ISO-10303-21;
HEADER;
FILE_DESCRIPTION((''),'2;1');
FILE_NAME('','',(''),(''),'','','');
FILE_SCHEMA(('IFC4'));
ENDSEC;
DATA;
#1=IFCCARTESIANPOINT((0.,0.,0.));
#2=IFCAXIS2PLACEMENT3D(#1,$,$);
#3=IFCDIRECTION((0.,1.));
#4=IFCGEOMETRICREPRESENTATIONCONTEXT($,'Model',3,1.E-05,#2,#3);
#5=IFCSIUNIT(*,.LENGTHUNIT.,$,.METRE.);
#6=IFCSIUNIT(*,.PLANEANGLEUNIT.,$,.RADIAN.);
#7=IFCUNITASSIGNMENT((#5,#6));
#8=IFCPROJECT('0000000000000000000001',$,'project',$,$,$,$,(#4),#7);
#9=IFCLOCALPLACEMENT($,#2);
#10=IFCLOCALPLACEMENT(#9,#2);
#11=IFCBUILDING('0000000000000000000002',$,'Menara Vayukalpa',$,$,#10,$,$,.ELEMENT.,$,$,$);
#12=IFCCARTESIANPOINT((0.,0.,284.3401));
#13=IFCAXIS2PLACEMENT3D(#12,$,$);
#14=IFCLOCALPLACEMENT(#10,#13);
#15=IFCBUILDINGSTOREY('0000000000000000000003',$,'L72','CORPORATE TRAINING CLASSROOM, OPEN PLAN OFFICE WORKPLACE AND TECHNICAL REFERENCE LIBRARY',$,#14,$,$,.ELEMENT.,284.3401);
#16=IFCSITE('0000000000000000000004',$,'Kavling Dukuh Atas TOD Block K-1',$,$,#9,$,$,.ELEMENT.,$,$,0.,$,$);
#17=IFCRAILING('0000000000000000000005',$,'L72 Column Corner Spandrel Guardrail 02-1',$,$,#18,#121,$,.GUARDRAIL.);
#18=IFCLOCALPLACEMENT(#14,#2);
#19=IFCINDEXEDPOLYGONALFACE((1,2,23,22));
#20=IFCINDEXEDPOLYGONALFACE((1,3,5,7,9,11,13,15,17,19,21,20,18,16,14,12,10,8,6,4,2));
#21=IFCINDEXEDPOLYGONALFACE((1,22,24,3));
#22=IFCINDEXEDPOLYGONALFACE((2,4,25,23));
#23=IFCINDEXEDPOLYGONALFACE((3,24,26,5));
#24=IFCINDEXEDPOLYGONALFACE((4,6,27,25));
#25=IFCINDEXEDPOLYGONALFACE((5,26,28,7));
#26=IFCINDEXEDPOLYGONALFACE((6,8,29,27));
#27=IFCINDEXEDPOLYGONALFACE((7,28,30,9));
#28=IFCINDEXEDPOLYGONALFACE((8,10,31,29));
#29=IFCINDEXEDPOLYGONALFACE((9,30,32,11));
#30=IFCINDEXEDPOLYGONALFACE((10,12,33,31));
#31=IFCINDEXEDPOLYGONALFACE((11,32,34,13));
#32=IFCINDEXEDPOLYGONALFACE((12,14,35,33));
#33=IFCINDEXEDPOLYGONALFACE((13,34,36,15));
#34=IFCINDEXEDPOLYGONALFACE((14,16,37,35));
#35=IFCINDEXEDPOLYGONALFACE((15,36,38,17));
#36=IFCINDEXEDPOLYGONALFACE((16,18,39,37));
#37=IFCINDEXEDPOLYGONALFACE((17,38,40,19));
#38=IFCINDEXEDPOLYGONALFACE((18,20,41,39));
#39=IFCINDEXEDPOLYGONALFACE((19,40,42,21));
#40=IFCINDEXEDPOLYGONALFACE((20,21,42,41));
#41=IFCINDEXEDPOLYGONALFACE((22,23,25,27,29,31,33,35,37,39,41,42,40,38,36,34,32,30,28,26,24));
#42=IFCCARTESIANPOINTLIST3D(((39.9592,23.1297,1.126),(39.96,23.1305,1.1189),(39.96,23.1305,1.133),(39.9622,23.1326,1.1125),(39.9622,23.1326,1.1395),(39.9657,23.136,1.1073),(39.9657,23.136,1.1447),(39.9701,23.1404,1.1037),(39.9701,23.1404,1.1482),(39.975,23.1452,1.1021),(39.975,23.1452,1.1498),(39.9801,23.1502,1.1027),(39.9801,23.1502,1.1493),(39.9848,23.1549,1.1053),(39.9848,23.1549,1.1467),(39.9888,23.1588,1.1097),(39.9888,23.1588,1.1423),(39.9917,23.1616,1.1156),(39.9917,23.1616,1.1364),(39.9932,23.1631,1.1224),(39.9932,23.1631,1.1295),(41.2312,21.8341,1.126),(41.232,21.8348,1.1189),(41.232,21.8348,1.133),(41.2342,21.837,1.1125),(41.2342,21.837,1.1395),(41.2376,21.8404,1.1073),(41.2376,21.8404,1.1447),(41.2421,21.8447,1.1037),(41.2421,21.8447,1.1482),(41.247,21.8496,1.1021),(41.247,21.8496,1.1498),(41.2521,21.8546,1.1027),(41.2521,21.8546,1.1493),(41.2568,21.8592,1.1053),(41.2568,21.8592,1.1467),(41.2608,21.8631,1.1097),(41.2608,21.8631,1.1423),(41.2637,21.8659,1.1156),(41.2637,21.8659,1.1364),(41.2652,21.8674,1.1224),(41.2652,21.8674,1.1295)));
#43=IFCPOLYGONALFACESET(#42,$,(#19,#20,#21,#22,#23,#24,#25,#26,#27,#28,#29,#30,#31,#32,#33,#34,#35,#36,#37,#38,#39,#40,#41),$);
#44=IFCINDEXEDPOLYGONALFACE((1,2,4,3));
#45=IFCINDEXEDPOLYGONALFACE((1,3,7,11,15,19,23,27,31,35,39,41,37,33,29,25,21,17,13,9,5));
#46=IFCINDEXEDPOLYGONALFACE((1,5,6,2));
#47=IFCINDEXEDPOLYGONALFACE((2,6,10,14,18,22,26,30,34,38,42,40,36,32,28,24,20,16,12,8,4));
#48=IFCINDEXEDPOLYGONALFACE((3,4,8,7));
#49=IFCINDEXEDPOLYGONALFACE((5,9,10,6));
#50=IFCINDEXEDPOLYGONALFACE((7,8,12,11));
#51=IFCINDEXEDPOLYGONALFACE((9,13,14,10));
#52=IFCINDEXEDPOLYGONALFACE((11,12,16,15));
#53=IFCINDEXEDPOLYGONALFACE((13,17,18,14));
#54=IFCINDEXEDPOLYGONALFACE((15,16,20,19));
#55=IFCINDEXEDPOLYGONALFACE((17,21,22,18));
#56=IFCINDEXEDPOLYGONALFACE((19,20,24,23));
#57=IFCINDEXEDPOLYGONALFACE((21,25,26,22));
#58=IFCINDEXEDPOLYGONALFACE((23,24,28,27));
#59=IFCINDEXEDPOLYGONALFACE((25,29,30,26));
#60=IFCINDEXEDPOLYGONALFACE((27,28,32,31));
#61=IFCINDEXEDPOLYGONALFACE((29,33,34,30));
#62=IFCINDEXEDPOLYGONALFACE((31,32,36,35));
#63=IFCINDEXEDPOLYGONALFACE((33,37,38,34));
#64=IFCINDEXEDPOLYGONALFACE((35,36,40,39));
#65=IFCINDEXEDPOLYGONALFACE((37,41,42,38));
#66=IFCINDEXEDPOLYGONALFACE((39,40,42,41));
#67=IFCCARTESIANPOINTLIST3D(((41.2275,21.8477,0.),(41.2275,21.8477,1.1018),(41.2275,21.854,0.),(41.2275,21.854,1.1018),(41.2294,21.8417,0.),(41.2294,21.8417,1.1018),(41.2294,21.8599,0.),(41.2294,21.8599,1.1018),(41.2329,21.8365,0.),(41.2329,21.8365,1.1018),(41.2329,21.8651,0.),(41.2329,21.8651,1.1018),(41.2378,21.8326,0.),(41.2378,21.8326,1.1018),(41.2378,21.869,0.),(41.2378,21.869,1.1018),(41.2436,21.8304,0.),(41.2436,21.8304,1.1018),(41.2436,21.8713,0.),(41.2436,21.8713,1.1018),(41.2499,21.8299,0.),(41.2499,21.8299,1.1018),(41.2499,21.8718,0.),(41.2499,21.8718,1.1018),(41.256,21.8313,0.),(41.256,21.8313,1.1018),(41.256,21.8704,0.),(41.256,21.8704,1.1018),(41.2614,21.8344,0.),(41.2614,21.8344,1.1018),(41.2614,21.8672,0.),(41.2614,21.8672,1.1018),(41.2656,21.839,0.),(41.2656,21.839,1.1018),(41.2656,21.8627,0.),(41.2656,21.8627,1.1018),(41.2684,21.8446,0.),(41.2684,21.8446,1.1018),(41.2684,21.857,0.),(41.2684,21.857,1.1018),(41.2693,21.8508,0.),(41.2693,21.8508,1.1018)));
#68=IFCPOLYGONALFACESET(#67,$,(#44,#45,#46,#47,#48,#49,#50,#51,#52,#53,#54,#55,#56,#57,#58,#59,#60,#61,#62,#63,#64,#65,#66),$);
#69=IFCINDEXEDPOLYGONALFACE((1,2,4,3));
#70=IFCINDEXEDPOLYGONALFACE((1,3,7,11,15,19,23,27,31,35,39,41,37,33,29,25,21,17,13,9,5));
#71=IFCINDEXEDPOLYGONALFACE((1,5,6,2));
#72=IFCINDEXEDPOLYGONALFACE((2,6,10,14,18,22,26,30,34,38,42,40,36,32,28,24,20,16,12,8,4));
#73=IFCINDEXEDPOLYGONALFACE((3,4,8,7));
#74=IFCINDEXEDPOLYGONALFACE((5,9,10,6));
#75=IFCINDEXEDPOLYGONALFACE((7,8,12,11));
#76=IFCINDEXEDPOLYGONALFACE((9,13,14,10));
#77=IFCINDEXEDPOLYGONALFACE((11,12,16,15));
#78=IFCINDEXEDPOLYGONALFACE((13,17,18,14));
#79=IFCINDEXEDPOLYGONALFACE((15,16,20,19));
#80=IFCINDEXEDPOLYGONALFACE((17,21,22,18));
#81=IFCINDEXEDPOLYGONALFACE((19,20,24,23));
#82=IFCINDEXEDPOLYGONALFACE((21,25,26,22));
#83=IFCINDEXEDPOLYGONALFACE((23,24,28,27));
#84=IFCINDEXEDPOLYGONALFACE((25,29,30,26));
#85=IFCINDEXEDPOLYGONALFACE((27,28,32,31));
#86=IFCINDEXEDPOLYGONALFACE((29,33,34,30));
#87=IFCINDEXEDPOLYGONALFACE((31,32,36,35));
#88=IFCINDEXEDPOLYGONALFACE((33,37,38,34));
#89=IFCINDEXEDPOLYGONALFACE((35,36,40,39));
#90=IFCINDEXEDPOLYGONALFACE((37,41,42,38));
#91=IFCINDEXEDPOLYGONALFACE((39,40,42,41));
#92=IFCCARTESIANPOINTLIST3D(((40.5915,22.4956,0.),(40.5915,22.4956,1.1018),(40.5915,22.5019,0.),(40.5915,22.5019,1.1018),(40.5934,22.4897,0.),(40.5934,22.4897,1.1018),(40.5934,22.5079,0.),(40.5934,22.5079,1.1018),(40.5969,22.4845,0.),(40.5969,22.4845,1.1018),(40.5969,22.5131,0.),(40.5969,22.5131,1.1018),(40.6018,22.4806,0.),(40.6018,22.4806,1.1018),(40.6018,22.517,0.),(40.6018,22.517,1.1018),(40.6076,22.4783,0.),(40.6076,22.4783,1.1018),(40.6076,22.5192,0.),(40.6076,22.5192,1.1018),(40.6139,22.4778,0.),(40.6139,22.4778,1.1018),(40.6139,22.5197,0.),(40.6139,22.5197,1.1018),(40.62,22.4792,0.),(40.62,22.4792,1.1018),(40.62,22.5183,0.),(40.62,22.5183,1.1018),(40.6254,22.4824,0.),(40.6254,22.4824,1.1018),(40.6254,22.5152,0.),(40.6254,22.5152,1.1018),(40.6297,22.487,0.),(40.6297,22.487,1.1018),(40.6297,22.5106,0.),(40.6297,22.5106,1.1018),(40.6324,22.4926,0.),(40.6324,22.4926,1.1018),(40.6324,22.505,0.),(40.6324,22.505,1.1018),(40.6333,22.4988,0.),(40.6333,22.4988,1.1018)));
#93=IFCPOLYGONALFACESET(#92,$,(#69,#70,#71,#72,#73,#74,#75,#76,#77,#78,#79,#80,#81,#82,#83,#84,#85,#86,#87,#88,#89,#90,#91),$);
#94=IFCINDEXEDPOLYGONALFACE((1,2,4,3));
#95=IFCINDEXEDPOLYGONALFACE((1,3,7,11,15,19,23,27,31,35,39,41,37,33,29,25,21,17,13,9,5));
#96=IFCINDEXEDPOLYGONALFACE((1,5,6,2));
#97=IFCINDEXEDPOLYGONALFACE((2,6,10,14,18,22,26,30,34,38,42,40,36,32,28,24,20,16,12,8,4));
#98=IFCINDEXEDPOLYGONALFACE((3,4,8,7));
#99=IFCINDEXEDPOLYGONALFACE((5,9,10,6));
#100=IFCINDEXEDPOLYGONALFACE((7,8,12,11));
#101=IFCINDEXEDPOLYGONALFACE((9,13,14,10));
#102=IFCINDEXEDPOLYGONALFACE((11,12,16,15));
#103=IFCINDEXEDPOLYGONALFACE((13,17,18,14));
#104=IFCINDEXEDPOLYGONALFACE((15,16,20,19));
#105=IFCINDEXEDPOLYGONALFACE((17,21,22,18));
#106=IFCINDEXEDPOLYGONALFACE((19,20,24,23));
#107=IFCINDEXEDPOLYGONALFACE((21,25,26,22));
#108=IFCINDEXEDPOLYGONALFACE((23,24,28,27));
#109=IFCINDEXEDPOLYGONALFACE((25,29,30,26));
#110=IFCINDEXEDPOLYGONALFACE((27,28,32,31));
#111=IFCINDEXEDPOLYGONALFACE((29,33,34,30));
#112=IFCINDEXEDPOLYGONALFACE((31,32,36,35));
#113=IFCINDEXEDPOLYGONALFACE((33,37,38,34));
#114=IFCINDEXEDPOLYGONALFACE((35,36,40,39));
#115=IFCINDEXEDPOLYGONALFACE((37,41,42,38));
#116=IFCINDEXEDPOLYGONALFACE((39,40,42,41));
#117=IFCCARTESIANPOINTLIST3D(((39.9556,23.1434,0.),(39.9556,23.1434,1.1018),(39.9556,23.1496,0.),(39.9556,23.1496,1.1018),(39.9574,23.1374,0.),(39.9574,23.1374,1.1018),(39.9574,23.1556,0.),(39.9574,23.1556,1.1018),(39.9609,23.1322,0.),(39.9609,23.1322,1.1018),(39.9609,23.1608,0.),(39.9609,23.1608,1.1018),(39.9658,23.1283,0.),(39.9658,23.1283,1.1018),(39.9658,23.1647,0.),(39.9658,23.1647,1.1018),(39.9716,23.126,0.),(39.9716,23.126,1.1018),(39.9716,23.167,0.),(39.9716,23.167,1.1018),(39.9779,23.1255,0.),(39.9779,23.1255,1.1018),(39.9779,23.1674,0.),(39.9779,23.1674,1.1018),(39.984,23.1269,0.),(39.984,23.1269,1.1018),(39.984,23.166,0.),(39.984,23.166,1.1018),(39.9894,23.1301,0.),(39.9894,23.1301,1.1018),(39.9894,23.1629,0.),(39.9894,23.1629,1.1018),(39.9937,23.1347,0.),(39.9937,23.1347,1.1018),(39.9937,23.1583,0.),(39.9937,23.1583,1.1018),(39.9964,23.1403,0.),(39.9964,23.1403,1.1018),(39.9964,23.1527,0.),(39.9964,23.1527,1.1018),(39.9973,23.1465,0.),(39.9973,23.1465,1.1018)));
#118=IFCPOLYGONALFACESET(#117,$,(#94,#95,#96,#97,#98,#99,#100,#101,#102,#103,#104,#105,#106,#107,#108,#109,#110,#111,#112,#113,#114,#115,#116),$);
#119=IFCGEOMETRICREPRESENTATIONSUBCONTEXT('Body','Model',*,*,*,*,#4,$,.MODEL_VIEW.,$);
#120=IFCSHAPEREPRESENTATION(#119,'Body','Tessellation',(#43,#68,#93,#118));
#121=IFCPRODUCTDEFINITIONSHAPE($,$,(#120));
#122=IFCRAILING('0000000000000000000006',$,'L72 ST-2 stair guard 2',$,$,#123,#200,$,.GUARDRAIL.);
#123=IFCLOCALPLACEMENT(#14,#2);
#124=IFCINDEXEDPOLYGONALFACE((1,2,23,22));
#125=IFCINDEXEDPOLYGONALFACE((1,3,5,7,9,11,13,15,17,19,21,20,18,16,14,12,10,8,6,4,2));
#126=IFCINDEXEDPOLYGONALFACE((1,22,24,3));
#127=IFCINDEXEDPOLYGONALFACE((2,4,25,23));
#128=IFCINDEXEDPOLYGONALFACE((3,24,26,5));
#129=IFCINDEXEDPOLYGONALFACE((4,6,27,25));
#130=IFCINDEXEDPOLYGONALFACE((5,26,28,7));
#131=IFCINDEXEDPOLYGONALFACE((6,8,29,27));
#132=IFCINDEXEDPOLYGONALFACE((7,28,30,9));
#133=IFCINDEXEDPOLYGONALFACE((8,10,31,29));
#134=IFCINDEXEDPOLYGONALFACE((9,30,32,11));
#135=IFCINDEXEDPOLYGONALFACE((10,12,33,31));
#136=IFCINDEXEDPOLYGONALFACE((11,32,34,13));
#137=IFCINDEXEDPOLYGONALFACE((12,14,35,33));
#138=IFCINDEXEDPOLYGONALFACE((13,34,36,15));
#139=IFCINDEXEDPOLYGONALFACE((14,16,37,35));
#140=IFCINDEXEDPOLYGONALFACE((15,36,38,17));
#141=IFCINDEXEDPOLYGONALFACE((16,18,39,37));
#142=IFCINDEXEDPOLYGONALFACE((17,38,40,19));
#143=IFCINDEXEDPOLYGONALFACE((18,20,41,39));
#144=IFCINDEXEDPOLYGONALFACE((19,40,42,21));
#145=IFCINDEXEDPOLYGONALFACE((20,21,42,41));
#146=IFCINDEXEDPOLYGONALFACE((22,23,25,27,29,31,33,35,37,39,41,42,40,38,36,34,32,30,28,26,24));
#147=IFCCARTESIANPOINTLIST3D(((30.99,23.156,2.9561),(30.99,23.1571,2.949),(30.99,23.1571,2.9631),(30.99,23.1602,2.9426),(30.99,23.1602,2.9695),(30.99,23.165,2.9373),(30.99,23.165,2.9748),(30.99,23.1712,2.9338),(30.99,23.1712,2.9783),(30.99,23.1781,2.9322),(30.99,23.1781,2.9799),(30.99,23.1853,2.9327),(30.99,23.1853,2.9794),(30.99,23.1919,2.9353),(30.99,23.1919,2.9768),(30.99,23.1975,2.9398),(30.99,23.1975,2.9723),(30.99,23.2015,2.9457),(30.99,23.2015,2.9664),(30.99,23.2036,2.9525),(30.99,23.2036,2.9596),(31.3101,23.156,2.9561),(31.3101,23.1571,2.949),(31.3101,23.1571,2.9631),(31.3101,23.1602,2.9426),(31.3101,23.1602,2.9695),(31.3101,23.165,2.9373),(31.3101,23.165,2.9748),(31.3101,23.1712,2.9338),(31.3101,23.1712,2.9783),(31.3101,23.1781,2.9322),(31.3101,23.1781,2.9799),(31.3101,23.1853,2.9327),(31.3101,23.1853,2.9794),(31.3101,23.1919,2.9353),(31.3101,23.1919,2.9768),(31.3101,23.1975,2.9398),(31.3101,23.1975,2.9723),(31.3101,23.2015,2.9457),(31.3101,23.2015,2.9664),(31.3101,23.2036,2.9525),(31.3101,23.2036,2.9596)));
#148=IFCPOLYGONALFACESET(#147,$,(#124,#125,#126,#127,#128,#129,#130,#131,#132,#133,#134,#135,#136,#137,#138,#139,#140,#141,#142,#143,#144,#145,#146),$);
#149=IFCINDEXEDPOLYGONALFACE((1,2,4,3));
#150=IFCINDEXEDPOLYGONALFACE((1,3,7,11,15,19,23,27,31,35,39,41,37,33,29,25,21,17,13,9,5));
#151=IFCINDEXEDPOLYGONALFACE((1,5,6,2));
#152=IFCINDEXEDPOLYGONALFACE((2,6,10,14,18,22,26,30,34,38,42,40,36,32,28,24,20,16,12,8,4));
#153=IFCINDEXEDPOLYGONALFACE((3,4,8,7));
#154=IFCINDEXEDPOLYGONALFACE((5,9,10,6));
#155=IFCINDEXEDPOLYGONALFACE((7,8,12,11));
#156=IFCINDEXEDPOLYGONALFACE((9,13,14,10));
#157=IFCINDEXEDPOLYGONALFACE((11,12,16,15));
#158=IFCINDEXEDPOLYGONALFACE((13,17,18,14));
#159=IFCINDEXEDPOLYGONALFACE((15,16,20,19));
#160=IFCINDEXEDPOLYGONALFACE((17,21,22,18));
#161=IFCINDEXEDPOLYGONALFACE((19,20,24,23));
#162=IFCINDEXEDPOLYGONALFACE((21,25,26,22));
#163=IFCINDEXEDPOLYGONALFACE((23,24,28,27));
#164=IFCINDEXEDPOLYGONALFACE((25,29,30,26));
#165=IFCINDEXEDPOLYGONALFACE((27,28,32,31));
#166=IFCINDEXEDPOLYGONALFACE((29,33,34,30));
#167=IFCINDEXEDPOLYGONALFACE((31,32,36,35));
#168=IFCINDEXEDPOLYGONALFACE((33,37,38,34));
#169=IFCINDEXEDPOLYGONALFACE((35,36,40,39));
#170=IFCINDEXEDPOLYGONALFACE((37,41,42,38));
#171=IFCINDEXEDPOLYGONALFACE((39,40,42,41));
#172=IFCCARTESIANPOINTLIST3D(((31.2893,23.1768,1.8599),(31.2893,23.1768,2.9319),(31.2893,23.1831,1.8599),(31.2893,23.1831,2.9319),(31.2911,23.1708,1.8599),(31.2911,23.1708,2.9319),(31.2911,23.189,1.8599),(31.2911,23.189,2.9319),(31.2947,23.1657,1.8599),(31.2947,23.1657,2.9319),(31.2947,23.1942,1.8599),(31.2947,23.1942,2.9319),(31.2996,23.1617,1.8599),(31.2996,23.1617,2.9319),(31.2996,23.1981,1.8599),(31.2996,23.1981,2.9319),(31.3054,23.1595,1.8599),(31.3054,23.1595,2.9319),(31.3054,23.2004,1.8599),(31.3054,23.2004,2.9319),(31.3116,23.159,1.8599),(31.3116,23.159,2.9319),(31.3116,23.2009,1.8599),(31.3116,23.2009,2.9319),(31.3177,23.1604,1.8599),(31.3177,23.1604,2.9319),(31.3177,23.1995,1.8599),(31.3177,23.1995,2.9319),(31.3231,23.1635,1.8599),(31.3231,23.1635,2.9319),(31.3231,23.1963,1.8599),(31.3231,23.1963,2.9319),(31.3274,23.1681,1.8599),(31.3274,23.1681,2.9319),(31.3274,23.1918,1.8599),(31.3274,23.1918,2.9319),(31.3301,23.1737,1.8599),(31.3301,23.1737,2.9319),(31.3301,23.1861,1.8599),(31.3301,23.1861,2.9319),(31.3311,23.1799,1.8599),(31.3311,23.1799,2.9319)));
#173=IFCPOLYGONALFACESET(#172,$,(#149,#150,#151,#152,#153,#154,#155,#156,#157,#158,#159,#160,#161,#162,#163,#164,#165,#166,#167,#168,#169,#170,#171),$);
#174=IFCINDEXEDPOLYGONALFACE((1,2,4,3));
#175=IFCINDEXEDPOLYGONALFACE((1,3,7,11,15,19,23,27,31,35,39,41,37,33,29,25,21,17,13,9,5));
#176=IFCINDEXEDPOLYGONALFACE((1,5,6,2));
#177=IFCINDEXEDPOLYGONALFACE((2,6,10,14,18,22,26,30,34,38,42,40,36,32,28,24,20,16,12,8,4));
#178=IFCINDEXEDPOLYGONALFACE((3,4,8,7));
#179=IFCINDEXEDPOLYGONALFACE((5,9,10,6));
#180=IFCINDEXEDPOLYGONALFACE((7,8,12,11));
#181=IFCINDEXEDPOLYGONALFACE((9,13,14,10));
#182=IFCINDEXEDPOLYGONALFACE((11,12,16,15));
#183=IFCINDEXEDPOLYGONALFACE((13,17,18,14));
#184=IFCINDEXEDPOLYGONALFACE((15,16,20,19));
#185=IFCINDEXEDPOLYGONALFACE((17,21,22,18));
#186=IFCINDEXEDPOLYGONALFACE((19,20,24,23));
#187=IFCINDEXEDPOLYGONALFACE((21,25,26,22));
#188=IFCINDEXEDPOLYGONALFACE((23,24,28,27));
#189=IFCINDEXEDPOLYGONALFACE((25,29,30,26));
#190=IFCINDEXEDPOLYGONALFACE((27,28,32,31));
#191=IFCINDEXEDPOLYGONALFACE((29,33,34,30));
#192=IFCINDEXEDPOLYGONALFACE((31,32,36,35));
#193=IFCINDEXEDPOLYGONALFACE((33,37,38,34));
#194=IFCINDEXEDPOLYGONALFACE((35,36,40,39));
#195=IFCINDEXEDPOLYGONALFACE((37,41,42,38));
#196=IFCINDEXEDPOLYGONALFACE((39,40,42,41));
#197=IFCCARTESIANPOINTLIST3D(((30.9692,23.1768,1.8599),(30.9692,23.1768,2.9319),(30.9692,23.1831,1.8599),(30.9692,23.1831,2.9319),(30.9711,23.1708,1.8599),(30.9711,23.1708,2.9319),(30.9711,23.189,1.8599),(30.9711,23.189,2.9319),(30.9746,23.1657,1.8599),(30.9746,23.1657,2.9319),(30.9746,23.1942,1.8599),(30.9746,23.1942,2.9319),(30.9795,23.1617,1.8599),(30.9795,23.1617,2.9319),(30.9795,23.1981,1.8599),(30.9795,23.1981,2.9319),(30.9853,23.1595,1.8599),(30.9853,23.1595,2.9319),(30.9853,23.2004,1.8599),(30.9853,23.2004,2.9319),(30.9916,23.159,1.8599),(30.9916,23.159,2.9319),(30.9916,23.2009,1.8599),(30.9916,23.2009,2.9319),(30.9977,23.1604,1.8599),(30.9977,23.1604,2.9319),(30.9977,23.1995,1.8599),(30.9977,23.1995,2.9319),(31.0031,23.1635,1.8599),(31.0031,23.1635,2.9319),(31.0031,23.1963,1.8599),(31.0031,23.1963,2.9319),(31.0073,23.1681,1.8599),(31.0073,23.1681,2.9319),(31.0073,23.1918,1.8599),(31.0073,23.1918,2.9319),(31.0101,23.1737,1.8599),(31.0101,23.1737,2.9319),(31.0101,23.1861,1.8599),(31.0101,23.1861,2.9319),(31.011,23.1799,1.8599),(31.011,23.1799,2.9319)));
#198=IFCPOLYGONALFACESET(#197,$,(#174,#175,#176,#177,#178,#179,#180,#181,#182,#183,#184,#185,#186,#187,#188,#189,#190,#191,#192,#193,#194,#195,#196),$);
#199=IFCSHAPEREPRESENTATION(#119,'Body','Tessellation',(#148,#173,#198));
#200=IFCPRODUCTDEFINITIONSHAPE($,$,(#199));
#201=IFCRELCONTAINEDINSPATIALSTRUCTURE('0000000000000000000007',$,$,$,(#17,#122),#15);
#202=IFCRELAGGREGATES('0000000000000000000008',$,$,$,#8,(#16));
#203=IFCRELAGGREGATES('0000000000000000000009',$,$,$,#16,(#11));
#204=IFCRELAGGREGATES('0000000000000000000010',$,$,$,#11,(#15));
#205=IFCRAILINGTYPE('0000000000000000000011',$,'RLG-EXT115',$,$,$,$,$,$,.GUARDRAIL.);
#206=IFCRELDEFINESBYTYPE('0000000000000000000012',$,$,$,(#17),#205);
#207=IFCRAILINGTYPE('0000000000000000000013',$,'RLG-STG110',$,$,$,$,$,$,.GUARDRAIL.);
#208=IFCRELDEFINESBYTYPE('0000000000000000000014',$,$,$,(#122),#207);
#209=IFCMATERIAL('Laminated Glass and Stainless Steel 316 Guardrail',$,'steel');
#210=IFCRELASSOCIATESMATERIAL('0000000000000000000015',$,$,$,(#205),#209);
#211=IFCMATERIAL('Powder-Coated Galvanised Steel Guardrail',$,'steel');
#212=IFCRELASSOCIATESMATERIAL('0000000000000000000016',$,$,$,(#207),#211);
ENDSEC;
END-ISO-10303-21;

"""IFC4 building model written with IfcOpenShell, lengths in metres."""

from ifc_helpers import new_model, si_unit, direction, frame, origin, origin_2d, place, context, subcontext, project, spatial, circle, extrude, material, type_object, element, save


model = new_model("IFC4")

# Units and contexts
model_context = context("Model", 3, precision=1e-05, world=origin(), true_north=direction((0.0, 1.0)))
body_context = subcontext(model_context, "Body", "Model", "MODEL_VIEW")
ifc_project = project(units=[si_unit("LENGTHUNIT", "METRE"), si_unit("PLANEANGLEUNIT", "RADIAN")], contexts=[model_context])

# Site, building, storey
site_placement = place(None, origin())
site = spatial("IfcSite", under=ifc_project, at=site_placement, Name="Kavling Dukuh Atas TOD Block K-1", CompositionType="ELEMENT", RefElevation=0.0)
building_placement = place(site_placement, origin())
building = spatial("IfcBuilding", under=site, at=building_placement, Name="Menara Vayukalpa", CompositionType="ELEMENT")
storey_placement = place(building_placement, frame((0.0, 0.0, 284.3401)))
storey = spatial("IfcBuildingStorey", under=building, at=storey_placement, Name="L72", Description="CORPORATE TRAINING CLASSROOM, OPEN PLAN OFFICE WORKPLACE AND TECHNICAL REFERENCE LIBRARY", CompositionType="ELEMENT", Elevation=284.3401)

# Railings
ifc_material_1 = material(Name="Laminated Glass and Stainless Steel 316 Guardrail", Category="steel")
railing_type_1 = type_object("IfcRailingType", Name="RLG-EXT115", PredefinedType="GUARDRAIL", material=ifc_material_1)
railing_1_placement = place(storey_placement, frame((41.2483, 21.8508, 0.0)))
element("IfcRailing", 1, at=railing_1_placement, inside=storey, type_object=railing_type_1, Name="L72 Column Corner Spandrel Guardrail 02-1", PredefinedType="GUARDRAIL", context=body_context, shape_type="SweptSolid", body=[
    extrude(circle(Radius=0.0239, at=origin_2d()), frame((0.0, 0.0, 1.126), z_axis=(-0.700555, 0.713598, 0.0), x_axis=(-0.713598, -0.700555, 0.0)), (0.0, 0.0, 1.0), 1.8157),
    extrude(circle(Radius=0.021, at=origin_2d()), origin(), (0.0, 0.0, 1.0), 1.1018),
    extrude(circle(Radius=0.021, at=origin_2d()), frame((-0.636, 0.6479, 0.0)), (0.0, 0.0, 1.0), 1.1018),
    extrude(circle(Radius=0.021, at=origin_2d()), frame((-1.272, 1.2957, 0.0)), (0.0, 0.0, 1.0), 1.1018),
])
ifc_material_2 = material(Name="Powder-Coated Galvanised Steel Guardrail", Category="steel")
railing_type_2 = type_object("IfcRailingType", Name="RLG-STG110", PredefinedType="GUARDRAIL", material=ifc_material_2)
railing_2_placement = place(storey_placement, frame((31.3101, 23.1799, 1.8599)))
element("IfcRailing", 2, at=railing_2_placement, inside=storey, type_object=railing_type_2, Name="L72 ST-2 stair guard 2", PredefinedType="GUARDRAIL", context=body_context, shape_type="SweptSolid", body=[
    extrude(circle(Radius=0.0239, at=origin_2d()), frame((0.0, 0.0, 1.0962), z_axis=(-1.0, 0.0, 0.0), x_axis=(0.0, -1.0, 0.0)), (0.0, 0.0, 1.0), 0.3201),
    extrude(circle(Radius=0.021, at=origin_2d()), origin(), (0.0, 0.0, 1.0), 1.072),
    extrude(circle(Radius=0.021, at=origin_2d()), frame((-0.3201, 0.0, 0.0)), (0.0, 0.0, 1.0), 1.072),
])

save(model, "model.ifc")
